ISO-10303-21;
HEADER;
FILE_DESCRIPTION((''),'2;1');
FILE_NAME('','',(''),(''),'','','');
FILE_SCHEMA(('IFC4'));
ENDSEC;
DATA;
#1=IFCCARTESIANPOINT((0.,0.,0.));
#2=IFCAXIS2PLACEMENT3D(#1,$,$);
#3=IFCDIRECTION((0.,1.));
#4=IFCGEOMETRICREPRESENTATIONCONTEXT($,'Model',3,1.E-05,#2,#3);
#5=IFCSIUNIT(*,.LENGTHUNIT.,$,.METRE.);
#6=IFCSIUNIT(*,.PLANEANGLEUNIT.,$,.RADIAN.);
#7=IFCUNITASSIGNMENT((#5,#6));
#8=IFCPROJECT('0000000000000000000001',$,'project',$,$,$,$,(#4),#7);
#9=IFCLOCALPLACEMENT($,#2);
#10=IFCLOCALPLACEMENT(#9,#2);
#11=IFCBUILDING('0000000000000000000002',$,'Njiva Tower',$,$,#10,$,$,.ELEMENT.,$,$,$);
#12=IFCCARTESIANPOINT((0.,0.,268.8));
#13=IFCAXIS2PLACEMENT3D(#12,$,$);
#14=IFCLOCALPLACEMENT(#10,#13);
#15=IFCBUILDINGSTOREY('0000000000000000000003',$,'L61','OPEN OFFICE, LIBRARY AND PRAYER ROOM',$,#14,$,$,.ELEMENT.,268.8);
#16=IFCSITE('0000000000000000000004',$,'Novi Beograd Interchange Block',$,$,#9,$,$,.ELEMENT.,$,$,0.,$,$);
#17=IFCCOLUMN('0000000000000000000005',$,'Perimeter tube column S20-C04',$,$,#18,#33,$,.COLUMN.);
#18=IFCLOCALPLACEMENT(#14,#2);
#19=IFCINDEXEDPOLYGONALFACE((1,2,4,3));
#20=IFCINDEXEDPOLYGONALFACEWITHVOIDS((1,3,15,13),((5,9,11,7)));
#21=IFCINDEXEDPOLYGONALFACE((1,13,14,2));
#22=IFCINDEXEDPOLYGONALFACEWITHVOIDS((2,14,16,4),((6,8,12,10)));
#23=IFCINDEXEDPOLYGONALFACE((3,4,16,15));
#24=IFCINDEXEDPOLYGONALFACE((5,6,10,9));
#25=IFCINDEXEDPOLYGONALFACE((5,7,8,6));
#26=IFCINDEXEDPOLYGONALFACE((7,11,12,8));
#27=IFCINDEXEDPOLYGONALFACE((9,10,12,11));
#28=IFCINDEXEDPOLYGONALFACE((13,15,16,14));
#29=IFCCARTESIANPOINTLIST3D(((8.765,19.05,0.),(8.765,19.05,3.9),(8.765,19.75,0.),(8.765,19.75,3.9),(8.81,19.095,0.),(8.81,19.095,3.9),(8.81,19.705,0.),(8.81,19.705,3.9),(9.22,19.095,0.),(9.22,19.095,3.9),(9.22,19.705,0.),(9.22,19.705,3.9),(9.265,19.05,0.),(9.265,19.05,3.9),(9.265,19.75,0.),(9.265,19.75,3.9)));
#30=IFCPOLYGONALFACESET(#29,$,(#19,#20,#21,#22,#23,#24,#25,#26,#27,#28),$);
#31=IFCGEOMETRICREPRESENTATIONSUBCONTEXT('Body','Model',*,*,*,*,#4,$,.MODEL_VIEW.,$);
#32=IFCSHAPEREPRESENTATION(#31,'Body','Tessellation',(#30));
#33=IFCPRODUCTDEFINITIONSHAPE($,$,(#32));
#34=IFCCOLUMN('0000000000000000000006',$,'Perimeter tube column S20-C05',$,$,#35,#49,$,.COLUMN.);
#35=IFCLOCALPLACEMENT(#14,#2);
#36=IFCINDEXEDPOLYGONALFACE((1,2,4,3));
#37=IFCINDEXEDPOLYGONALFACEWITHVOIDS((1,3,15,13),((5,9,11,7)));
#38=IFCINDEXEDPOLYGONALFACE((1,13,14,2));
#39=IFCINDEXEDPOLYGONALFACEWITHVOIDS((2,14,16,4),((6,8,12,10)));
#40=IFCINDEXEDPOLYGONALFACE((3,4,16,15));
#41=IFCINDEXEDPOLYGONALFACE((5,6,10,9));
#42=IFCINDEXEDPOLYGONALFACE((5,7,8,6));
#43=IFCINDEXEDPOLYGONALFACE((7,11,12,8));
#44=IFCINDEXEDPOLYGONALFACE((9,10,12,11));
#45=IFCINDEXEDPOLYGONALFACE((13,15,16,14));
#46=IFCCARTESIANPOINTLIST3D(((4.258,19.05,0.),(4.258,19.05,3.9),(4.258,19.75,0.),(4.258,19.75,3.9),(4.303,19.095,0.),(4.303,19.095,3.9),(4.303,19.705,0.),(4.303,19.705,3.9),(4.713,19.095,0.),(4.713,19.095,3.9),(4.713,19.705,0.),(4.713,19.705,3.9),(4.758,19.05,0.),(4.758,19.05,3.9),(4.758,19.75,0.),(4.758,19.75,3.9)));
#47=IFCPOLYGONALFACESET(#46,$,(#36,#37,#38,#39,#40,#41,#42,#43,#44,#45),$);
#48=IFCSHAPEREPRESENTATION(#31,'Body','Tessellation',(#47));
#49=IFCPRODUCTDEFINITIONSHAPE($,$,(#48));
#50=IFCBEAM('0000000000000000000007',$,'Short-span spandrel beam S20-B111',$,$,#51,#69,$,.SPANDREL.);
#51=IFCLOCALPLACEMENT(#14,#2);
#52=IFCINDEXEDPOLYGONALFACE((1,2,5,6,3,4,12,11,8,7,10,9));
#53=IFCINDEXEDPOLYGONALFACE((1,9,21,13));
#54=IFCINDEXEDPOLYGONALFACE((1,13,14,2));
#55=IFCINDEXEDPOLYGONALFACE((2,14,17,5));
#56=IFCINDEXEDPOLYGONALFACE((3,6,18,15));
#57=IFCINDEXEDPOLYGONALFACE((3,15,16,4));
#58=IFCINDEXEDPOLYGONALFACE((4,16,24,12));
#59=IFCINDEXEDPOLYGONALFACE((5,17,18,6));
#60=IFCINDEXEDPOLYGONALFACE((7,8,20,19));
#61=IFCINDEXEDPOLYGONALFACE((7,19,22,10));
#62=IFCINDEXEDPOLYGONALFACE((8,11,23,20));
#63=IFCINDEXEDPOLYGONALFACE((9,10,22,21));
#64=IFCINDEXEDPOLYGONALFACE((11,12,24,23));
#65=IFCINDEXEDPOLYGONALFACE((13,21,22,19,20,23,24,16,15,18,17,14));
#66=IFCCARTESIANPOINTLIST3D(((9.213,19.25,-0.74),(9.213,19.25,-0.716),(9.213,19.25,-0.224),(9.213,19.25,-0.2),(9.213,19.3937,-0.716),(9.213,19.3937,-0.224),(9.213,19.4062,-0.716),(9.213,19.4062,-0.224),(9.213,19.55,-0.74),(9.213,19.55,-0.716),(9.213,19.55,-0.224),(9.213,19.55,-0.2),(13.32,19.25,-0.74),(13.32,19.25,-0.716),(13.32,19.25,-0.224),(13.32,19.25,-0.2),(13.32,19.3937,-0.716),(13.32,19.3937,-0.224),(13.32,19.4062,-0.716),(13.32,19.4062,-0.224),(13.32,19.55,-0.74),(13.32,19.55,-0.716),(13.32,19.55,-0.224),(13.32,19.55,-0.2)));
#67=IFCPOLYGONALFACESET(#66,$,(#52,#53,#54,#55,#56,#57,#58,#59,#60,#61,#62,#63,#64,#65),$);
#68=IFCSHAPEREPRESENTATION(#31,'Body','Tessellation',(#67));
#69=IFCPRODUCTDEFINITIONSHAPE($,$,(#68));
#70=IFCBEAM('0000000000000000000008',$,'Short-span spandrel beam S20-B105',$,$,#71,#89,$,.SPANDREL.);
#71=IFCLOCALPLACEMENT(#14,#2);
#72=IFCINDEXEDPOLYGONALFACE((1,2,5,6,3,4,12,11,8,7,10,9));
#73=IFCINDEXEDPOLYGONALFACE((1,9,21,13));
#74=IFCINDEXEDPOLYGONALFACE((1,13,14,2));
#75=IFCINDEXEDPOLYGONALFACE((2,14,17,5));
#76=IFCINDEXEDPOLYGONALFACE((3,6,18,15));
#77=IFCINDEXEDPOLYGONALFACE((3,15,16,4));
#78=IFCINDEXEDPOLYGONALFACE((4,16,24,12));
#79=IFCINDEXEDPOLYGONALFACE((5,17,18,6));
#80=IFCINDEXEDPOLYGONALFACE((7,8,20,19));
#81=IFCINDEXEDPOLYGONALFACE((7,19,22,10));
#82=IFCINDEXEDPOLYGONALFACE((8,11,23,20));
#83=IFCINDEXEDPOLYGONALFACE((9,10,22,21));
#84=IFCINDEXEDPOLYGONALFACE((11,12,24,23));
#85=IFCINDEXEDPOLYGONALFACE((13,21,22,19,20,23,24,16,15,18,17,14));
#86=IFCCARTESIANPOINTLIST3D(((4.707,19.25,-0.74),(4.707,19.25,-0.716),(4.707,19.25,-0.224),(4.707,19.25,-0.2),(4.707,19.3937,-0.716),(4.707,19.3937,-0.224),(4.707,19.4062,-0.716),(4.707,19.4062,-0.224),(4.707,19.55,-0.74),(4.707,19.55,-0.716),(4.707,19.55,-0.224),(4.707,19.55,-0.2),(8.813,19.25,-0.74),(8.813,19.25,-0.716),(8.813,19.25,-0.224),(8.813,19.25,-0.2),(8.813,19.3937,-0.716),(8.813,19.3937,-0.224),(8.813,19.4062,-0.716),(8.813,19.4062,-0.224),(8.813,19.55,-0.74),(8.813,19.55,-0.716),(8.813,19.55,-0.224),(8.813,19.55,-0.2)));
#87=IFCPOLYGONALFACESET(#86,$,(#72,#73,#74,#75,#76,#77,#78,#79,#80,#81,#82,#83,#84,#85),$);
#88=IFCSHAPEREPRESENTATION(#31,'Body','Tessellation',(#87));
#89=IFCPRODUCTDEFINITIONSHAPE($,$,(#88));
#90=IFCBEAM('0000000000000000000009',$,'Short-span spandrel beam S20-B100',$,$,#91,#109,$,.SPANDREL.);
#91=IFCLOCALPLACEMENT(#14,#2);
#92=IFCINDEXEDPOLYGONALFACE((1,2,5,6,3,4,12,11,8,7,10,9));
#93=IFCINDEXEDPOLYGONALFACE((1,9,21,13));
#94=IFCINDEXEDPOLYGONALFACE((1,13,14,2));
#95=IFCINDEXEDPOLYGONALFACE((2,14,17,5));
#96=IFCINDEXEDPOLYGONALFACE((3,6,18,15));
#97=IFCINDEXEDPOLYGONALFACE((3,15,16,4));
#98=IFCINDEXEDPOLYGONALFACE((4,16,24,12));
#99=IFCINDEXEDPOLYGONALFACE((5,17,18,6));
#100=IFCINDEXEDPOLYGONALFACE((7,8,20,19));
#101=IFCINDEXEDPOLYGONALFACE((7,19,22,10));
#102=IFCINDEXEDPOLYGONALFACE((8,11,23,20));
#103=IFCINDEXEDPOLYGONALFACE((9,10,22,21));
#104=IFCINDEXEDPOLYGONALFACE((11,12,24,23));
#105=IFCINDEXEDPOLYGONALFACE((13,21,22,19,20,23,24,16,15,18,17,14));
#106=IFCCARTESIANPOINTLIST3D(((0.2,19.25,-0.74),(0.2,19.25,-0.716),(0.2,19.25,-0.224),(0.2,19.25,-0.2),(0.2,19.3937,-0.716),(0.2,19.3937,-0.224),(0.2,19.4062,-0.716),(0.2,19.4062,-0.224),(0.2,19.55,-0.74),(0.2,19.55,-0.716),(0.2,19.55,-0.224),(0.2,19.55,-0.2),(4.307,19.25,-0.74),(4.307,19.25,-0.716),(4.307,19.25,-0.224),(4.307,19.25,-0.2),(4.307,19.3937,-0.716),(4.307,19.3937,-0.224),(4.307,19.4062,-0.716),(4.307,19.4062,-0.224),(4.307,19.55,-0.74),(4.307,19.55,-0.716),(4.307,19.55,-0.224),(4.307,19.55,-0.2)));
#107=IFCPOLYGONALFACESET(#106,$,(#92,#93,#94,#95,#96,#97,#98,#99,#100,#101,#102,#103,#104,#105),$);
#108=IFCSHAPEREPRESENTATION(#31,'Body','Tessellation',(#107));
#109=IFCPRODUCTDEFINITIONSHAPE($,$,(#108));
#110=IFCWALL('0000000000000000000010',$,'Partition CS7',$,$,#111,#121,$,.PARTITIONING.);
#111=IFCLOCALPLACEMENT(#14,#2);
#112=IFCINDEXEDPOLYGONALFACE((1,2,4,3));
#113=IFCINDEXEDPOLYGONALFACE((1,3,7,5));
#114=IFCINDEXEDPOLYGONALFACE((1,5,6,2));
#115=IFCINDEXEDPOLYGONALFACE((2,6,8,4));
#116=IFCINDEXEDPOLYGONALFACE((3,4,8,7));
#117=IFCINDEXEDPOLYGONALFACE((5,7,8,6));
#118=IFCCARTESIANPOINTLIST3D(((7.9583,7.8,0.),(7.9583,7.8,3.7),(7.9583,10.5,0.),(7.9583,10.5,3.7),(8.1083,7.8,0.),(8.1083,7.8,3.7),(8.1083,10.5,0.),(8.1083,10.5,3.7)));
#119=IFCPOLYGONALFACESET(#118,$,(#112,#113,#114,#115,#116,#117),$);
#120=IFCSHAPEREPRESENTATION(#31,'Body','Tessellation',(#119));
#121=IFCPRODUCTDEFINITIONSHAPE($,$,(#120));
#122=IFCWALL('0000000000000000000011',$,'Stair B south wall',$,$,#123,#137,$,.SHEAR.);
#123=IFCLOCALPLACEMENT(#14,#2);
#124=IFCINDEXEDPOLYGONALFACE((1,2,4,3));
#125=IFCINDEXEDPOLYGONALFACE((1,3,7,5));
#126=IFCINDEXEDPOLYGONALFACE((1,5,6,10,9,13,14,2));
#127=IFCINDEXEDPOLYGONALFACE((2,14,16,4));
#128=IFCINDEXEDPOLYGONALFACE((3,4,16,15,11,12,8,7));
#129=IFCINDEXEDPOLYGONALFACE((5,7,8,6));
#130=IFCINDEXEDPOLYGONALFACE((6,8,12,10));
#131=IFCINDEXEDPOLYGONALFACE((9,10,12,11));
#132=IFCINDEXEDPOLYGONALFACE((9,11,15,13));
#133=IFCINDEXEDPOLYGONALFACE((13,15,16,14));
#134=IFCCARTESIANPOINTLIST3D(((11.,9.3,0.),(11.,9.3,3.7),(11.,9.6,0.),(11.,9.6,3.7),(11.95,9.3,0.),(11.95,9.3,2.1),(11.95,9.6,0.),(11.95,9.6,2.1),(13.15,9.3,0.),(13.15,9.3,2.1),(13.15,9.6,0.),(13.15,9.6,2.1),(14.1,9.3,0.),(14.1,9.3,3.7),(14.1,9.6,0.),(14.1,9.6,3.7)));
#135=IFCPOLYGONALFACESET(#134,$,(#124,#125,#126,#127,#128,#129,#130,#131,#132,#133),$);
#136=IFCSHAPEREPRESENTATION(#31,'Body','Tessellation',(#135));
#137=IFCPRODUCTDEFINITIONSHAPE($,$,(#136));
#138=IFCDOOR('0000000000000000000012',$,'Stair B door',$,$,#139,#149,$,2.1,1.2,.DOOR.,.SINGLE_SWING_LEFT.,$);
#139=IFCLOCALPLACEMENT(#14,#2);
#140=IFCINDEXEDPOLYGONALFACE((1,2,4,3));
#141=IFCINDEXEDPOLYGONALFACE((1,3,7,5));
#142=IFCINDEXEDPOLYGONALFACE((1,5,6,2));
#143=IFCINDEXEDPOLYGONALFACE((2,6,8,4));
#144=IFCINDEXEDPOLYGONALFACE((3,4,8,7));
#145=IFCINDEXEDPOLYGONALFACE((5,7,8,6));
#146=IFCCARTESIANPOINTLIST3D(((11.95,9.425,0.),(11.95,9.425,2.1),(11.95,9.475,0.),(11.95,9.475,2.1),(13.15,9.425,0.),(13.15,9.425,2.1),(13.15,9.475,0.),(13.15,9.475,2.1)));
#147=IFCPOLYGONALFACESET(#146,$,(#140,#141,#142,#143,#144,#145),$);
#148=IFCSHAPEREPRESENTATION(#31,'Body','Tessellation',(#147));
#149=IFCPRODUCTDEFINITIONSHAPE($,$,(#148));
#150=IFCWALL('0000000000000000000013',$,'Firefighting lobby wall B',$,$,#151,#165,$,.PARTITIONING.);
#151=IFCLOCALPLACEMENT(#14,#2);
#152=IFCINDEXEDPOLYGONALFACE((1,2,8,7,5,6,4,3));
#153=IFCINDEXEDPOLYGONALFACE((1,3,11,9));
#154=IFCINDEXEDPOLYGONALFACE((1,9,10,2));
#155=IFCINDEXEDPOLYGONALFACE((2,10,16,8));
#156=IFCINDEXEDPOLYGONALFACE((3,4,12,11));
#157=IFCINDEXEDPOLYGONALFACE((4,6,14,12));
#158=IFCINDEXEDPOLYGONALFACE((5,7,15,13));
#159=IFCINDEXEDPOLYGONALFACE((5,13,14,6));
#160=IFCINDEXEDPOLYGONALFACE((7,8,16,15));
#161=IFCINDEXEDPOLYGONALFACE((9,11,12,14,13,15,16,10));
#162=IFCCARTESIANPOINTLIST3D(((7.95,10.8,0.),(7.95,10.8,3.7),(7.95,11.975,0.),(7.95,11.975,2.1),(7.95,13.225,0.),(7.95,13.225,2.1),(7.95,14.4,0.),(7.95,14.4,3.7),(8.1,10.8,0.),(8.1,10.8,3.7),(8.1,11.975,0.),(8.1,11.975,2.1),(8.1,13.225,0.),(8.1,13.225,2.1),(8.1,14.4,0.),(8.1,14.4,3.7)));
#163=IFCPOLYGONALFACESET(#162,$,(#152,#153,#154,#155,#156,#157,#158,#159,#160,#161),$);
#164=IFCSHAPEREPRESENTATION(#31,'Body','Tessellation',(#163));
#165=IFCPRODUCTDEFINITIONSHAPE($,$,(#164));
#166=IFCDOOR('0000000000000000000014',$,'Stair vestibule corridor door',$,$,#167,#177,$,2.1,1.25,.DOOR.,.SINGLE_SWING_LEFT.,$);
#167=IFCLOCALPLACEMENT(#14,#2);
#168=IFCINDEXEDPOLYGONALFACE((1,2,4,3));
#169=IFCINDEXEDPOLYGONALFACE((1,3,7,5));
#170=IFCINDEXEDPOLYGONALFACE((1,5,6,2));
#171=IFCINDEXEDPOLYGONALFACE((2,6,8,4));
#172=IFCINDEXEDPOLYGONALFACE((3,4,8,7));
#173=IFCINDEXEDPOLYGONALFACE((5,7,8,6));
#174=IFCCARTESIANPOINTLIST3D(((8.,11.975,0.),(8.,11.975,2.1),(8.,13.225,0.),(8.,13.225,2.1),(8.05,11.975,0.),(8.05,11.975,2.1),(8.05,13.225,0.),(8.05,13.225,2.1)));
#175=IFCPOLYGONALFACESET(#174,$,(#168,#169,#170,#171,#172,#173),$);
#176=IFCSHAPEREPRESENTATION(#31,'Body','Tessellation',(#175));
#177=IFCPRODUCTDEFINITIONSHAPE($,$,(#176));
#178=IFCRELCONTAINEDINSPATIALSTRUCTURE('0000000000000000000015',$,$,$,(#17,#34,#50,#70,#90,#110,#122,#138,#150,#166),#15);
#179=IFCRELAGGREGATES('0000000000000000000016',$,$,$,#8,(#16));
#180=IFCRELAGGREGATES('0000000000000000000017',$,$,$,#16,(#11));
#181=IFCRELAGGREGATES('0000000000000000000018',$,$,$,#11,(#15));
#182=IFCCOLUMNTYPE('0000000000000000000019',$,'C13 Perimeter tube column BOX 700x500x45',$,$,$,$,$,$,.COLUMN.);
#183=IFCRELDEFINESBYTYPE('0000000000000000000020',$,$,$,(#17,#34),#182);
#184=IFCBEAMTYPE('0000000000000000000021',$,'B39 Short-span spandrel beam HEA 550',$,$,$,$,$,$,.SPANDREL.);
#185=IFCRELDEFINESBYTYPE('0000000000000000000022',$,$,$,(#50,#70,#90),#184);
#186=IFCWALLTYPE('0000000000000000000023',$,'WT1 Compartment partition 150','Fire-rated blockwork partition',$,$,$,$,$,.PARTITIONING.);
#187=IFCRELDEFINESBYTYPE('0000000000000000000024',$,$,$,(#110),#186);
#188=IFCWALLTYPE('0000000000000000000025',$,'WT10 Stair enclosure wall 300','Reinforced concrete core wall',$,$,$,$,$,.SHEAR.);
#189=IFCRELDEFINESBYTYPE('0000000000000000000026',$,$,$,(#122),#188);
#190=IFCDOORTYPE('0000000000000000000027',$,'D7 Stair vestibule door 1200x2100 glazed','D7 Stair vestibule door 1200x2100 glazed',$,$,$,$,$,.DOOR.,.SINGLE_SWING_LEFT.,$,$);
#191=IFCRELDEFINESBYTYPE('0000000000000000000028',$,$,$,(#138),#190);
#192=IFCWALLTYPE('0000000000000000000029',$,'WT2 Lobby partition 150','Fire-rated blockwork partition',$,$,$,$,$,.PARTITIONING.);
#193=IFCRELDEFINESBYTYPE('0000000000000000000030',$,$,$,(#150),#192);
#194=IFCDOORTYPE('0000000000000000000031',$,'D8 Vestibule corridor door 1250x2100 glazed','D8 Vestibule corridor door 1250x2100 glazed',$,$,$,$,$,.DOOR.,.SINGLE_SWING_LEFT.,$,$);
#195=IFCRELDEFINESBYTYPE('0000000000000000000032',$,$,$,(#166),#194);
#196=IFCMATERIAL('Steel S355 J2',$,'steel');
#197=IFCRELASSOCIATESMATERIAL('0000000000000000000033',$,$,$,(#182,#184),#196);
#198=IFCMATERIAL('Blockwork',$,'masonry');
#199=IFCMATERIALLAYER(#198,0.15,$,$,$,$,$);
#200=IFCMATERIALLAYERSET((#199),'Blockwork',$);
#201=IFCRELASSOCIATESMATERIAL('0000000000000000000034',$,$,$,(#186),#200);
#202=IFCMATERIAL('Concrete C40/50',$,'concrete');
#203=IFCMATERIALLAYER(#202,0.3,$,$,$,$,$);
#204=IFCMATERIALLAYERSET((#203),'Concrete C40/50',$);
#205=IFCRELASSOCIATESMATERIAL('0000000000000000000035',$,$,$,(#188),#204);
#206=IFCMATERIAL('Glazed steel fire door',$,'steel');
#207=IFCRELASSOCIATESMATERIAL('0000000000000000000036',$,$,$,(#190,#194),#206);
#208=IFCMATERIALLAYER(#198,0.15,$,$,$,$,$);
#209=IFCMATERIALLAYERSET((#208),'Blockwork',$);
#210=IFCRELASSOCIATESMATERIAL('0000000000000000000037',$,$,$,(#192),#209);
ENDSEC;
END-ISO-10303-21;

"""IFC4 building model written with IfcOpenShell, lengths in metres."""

from ifc_helpers import new_model, si_unit, direction, frame, frame_2d, origin, origin_2d, place, context, subcontext, project, spatial, rectangle, hollow_rectangle, i_section, extrude, material, layer, layer_set, material_profile, profile_set, type_object, element, fill, save


model = new_model("IFC4")

# Units and contexts
model_context = context("Model", 3, precision=1e-05, world=origin(), true_north=direction((0.0, 1.0)))
body_context = subcontext(model_context, "Body", "Model", "MODEL_VIEW")
ifc_project = project(units=[si_unit("LENGTHUNIT", "METRE"), si_unit("PLANEANGLEUNIT", "RADIAN")], contexts=[model_context])

# Site, building, storey
site_placement = place(None, origin())
site = spatial("IfcSite", under=ifc_project, at=site_placement, Name="Novi Beograd Interchange Block", CompositionType="ELEMENT", RefElevation=0.0)
building_placement = place(site_placement, origin())
building = spatial("IfcBuilding", under=site, at=building_placement, Name="Njiva Tower", CompositionType="ELEMENT")
storey_placement = place(building_placement, frame((0.0, 0.0, 268.8)))
storey = spatial("IfcBuildingStorey", under=building, at=storey_placement, Name="L61", Description="OPEN OFFICE, LIBRARY AND PRAYER ROOM", CompositionType="ELEMENT", Elevation=268.8)

# Columns
ifc_material_1 = material(Name="Steel S355 J2", Category="steel")
ifc_material_profile_1 = material_profile(ifc_material_1, hollow_rectangle(XDim=0.5, YDim=0.7, WallThickness=0.045, at=origin_2d()), Name="BOX 700x500x45")
ifc_profile_set_1 = profile_set([ifc_material_profile_1], Name="Steel S355 J2")
column_type = type_object("IfcColumnType", Name="C13 Perimeter tube column BOX 700x500x45", PredefinedType="COLUMN", material=ifc_profile_set_1)
for number, where, z_axis, x_axis, name in (
    (1, (9.015, 19.4, 0.0), (0.0, 0.0, 1.0), (-1.0, 0.0, 0.0), "Perimeter tube column S20-C04"),
    (2, (4.508, 19.4, 0.0), (0.0, 0.0, 1.0), (-1.0, 0.0, 0.0), "Perimeter tube column S20-C05"),
):
    element("IfcColumn", number, at=place(storey_placement, frame(where, z_axis=z_axis, x_axis=x_axis)), inside=storey, type_object=column_type, Name=name, PredefinedType="COLUMN", context=body_context, shape_type="SweptSolid", body=[
        extrude(hollow_rectangle(XDim=0.5, YDim=0.7, WallThickness=0.045, at=origin_2d()), origin(), (0.0, 0.0, 1.0), 3.9),
    ])

# Beams
ifc_material_profile_2 = material_profile(ifc_material_1, i_section(OverallWidth=0.3, OverallDepth=0.54, WebThickness=0.0125, FlangeThickness=0.024, at=origin_2d()), Name="HEA 550")
ifc_profile_set_2 = profile_set([ifc_material_profile_2], Name="Steel S355 J2")
beam_type = type_object("IfcBeamType", Name="B39 Short-span spandrel beam HEA 550", PredefinedType="SPANDREL", material=ifc_profile_set_2)
beam_1_placement = place(storey_placement, frame((13.32, 19.4, -0.47), z_axis=(-1.0, 0.0, 0.0), x_axis=(0.0, -1.0, 0.0)))
element("IfcBeam", 3, at=beam_1_placement, inside=storey, type_object=beam_type, Name="Short-span spandrel beam S20-B111", PredefinedType="SPANDREL", context=body_context, shape_type="SweptSolid", body=[
    extrude(i_section(OverallWidth=0.3, OverallDepth=0.54, WebThickness=0.0125, FlangeThickness=0.024, at=origin_2d()), origin(), (0.0, 0.0, 1.0), 4.107),
])
beam_2_placement = place(storey_placement, frame((8.813, 19.4, -0.47), z_axis=(-1.0, 0.0, 0.0), x_axis=(0.0, -1.0, 0.0)))
element("IfcBeam", 4, at=beam_2_placement, inside=storey, type_object=beam_type, Name="Short-span spandrel beam S20-B105", PredefinedType="SPANDREL", context=body_context, shape_type="SweptSolid", body=[
    extrude(i_section(OverallWidth=0.3, OverallDepth=0.54, WebThickness=0.0125, FlangeThickness=0.024, at=origin_2d()), origin(), (0.0, 0.0, 1.0), 4.106),
])
beam_3_placement = place(storey_placement, frame((4.307, 19.4, -0.47), z_axis=(-1.0, 0.0, 0.0), x_axis=(0.0, -1.0, 0.0)))
element("IfcBeam", 5, at=beam_3_placement, inside=storey, type_object=beam_type, Name="Short-span spandrel beam S20-B100", PredefinedType="SPANDREL", context=body_context, shape_type="SweptSolid", body=[
    extrude(i_section(OverallWidth=0.3, OverallDepth=0.54, WebThickness=0.0125, FlangeThickness=0.024, at=origin_2d()), origin(), (0.0, 0.0, 1.0), 4.107),
])

# Wall
ifc_material_2 = material(Name="Blockwork", Category="masonry")
ifc_layer_1 = layer(ifc_material_2, 0.15)
ifc_layer_set_1 = layer_set([ifc_layer_1], Name="Blockwork")
wall_type_1 = type_object("IfcWallType", Name="WT1 Compartment partition 150", Description="Fire-rated blockwork partition", PredefinedType="PARTITIONING", material=ifc_layer_set_1)
wall_1_placement = place(storey_placement, frame((8.0333, 7.8, 0.0), z_axis=(0.0, 0.0, 1.0), x_axis=(0.0, 1.0, 0.0)))
element("IfcWall", 6, at=wall_1_placement, inside=storey, type_object=wall_type_1, Name="Partition CS7", PredefinedType="PARTITIONING", context=body_context, shape_type="SweptSolid", body=[
    extrude(rectangle(XDim=2.7, YDim=0.15, at=frame_2d((1.35, 0.0))), origin(), (0.0, 0.0, 1.0), 3.7),
])

# Walls, openings, doors
ifc_material_3 = material(Name="Concrete C40/50", Category="concrete")
ifc_layer_2 = layer(ifc_material_3, 0.3)
ifc_layer_set_2 = layer_set([ifc_layer_2], Name="Concrete C40/50")
wall_type_2 = type_object("IfcWallType", Name="WT10 Stair enclosure wall 300", Description="Reinforced concrete core wall", PredefinedType="SHEAR", material=ifc_layer_set_2)
wall_2_placement = place(storey_placement, frame((11.0, 9.45, 0.0), z_axis=(0.0, 0.0, 1.0), x_axis=(1.0, 0.0, 0.0)))
wall_2 = element("IfcWall", 7, at=wall_2_placement, inside=storey, type_object=wall_type_2, Name="Stair B south wall", PredefinedType="SHEAR", context=body_context, shape_type="SweptSolid", body=[
    extrude(rectangle(XDim=3.1, YDim=0.3, at=frame_2d((1.55, 0.0))), origin(), (0.0, 0.0, 1.0), 3.7),
])
opening_1_placement = place(wall_2_placement, frame((0.95, 0.0, 0.0)))
opening_1 = element("IfcOpeningElement", 8, at=opening_1_placement, cuts=wall_2, PredefinedType="OPENING", context=body_context, shape_type="SweptSolid", body=[
    extrude(rectangle(XDim=1.2, YDim=2.1, at=frame_2d((0.6, 1.05))), frame((0.0, 0.16, 0.0), z_axis=(0.0, -1.0, 0.0), x_axis=(1.0, 0.0, 0.0)), (0.0, 0.0, 1.0), 0.32),
])
ifc_material_4 = material(Name="Glazed steel fire door", Category="steel")
door_type_1 = type_object("IfcDoorType", Name="D7 Stair vestibule door 1200x2100 glazed", Description="D7 Stair vestibule door 1200x2100 glazed", OperationType="SINGLE_SWING_LEFT", PredefinedType="DOOR", material=ifc_material_4)
door_1_placement = place(opening_1_placement, origin())
door_1 = element("IfcDoor", 9, at=door_1_placement, inside=storey, type_object=door_type_1, Name="Stair B door", OperationType="SINGLE_SWING_LEFT", OverallHeight=2.1, OverallWidth=1.2, PredefinedType="DOOR", context=body_context, shape_type="SweptSolid", body=[
    extrude(rectangle(XDim=1.2, YDim=2.1, at=frame_2d((0.6, 1.05))), frame((0.0, 0.025, 0.0), z_axis=(0.0, -1.0, 0.0), x_axis=(1.0, 0.0, 0.0)), (0.0, 0.0, 1.0), 0.05),
])
fill(opening_1, door_1)
ifc_layer_3 = layer(ifc_material_2, 0.15)
ifc_layer_set_3 = layer_set([ifc_layer_3], Name="Blockwork")
wall_type_3 = type_object("IfcWallType", Name="WT2 Lobby partition 150", Description="Fire-rated blockwork partition", PredefinedType="PARTITIONING", material=ifc_layer_set_3)
wall_3_placement = place(storey_placement, frame((8.025, 10.8, 0.0), z_axis=(0.0, 0.0, 1.0), x_axis=(0.0, 1.0, 0.0)))
wall_3 = element("IfcWall", 10, at=wall_3_placement, inside=storey, type_object=wall_type_3, Name="Firefighting lobby wall B", PredefinedType="PARTITIONING", context=body_context, shape_type="SweptSolid", body=[
    extrude(rectangle(XDim=3.6, YDim=0.15, at=frame_2d((1.8, 0.0))), origin(), (0.0, 0.0, 1.0), 3.7),
])
opening_2_placement = place(wall_3_placement, frame((1.175, 0.0, 0.0)))
opening_2 = element("IfcOpeningElement", 11, at=opening_2_placement, cuts=wall_3, PredefinedType="OPENING", context=body_context, shape_type="SweptSolid", body=[
    extrude(rectangle(XDim=1.25, YDim=2.1, at=frame_2d((0.625, 1.05))), frame((0.0, 0.085, 0.0), z_axis=(0.0, -1.0, 0.0), x_axis=(1.0, 0.0, 0.0)), (0.0, 0.0, 1.0), 0.17),
])
door_type_2 = type_object("IfcDoorType", Name="D8 Vestibule corridor door 1250x2100 glazed", Description="D8 Vestibule corridor door 1250x2100 glazed", OperationType="SINGLE_SWING_LEFT", PredefinedType="DOOR", material=ifc_material_4)
door_2_placement = place(opening_2_placement, origin())
door_2 = element("IfcDoor", 12, at=door_2_placement, inside=storey, type_object=door_type_2, Name="Stair vestibule corridor door", OperationType="SINGLE_SWING_LEFT", OverallHeight=2.1, OverallWidth=1.25, PredefinedType="DOOR", context=body_context, shape_type="SweptSolid", body=[
    extrude(rectangle(XDim=1.25, YDim=2.1, at=frame_2d((0.625, 1.05))), frame((0.0, 0.025, 0.0), z_axis=(0.0, -1.0, 0.0), x_axis=(1.0, 0.0, 0.0)), (0.0, 0.0, 1.0), 0.05),
])
fill(opening_2, door_2)

save(model, "model.ifc")
